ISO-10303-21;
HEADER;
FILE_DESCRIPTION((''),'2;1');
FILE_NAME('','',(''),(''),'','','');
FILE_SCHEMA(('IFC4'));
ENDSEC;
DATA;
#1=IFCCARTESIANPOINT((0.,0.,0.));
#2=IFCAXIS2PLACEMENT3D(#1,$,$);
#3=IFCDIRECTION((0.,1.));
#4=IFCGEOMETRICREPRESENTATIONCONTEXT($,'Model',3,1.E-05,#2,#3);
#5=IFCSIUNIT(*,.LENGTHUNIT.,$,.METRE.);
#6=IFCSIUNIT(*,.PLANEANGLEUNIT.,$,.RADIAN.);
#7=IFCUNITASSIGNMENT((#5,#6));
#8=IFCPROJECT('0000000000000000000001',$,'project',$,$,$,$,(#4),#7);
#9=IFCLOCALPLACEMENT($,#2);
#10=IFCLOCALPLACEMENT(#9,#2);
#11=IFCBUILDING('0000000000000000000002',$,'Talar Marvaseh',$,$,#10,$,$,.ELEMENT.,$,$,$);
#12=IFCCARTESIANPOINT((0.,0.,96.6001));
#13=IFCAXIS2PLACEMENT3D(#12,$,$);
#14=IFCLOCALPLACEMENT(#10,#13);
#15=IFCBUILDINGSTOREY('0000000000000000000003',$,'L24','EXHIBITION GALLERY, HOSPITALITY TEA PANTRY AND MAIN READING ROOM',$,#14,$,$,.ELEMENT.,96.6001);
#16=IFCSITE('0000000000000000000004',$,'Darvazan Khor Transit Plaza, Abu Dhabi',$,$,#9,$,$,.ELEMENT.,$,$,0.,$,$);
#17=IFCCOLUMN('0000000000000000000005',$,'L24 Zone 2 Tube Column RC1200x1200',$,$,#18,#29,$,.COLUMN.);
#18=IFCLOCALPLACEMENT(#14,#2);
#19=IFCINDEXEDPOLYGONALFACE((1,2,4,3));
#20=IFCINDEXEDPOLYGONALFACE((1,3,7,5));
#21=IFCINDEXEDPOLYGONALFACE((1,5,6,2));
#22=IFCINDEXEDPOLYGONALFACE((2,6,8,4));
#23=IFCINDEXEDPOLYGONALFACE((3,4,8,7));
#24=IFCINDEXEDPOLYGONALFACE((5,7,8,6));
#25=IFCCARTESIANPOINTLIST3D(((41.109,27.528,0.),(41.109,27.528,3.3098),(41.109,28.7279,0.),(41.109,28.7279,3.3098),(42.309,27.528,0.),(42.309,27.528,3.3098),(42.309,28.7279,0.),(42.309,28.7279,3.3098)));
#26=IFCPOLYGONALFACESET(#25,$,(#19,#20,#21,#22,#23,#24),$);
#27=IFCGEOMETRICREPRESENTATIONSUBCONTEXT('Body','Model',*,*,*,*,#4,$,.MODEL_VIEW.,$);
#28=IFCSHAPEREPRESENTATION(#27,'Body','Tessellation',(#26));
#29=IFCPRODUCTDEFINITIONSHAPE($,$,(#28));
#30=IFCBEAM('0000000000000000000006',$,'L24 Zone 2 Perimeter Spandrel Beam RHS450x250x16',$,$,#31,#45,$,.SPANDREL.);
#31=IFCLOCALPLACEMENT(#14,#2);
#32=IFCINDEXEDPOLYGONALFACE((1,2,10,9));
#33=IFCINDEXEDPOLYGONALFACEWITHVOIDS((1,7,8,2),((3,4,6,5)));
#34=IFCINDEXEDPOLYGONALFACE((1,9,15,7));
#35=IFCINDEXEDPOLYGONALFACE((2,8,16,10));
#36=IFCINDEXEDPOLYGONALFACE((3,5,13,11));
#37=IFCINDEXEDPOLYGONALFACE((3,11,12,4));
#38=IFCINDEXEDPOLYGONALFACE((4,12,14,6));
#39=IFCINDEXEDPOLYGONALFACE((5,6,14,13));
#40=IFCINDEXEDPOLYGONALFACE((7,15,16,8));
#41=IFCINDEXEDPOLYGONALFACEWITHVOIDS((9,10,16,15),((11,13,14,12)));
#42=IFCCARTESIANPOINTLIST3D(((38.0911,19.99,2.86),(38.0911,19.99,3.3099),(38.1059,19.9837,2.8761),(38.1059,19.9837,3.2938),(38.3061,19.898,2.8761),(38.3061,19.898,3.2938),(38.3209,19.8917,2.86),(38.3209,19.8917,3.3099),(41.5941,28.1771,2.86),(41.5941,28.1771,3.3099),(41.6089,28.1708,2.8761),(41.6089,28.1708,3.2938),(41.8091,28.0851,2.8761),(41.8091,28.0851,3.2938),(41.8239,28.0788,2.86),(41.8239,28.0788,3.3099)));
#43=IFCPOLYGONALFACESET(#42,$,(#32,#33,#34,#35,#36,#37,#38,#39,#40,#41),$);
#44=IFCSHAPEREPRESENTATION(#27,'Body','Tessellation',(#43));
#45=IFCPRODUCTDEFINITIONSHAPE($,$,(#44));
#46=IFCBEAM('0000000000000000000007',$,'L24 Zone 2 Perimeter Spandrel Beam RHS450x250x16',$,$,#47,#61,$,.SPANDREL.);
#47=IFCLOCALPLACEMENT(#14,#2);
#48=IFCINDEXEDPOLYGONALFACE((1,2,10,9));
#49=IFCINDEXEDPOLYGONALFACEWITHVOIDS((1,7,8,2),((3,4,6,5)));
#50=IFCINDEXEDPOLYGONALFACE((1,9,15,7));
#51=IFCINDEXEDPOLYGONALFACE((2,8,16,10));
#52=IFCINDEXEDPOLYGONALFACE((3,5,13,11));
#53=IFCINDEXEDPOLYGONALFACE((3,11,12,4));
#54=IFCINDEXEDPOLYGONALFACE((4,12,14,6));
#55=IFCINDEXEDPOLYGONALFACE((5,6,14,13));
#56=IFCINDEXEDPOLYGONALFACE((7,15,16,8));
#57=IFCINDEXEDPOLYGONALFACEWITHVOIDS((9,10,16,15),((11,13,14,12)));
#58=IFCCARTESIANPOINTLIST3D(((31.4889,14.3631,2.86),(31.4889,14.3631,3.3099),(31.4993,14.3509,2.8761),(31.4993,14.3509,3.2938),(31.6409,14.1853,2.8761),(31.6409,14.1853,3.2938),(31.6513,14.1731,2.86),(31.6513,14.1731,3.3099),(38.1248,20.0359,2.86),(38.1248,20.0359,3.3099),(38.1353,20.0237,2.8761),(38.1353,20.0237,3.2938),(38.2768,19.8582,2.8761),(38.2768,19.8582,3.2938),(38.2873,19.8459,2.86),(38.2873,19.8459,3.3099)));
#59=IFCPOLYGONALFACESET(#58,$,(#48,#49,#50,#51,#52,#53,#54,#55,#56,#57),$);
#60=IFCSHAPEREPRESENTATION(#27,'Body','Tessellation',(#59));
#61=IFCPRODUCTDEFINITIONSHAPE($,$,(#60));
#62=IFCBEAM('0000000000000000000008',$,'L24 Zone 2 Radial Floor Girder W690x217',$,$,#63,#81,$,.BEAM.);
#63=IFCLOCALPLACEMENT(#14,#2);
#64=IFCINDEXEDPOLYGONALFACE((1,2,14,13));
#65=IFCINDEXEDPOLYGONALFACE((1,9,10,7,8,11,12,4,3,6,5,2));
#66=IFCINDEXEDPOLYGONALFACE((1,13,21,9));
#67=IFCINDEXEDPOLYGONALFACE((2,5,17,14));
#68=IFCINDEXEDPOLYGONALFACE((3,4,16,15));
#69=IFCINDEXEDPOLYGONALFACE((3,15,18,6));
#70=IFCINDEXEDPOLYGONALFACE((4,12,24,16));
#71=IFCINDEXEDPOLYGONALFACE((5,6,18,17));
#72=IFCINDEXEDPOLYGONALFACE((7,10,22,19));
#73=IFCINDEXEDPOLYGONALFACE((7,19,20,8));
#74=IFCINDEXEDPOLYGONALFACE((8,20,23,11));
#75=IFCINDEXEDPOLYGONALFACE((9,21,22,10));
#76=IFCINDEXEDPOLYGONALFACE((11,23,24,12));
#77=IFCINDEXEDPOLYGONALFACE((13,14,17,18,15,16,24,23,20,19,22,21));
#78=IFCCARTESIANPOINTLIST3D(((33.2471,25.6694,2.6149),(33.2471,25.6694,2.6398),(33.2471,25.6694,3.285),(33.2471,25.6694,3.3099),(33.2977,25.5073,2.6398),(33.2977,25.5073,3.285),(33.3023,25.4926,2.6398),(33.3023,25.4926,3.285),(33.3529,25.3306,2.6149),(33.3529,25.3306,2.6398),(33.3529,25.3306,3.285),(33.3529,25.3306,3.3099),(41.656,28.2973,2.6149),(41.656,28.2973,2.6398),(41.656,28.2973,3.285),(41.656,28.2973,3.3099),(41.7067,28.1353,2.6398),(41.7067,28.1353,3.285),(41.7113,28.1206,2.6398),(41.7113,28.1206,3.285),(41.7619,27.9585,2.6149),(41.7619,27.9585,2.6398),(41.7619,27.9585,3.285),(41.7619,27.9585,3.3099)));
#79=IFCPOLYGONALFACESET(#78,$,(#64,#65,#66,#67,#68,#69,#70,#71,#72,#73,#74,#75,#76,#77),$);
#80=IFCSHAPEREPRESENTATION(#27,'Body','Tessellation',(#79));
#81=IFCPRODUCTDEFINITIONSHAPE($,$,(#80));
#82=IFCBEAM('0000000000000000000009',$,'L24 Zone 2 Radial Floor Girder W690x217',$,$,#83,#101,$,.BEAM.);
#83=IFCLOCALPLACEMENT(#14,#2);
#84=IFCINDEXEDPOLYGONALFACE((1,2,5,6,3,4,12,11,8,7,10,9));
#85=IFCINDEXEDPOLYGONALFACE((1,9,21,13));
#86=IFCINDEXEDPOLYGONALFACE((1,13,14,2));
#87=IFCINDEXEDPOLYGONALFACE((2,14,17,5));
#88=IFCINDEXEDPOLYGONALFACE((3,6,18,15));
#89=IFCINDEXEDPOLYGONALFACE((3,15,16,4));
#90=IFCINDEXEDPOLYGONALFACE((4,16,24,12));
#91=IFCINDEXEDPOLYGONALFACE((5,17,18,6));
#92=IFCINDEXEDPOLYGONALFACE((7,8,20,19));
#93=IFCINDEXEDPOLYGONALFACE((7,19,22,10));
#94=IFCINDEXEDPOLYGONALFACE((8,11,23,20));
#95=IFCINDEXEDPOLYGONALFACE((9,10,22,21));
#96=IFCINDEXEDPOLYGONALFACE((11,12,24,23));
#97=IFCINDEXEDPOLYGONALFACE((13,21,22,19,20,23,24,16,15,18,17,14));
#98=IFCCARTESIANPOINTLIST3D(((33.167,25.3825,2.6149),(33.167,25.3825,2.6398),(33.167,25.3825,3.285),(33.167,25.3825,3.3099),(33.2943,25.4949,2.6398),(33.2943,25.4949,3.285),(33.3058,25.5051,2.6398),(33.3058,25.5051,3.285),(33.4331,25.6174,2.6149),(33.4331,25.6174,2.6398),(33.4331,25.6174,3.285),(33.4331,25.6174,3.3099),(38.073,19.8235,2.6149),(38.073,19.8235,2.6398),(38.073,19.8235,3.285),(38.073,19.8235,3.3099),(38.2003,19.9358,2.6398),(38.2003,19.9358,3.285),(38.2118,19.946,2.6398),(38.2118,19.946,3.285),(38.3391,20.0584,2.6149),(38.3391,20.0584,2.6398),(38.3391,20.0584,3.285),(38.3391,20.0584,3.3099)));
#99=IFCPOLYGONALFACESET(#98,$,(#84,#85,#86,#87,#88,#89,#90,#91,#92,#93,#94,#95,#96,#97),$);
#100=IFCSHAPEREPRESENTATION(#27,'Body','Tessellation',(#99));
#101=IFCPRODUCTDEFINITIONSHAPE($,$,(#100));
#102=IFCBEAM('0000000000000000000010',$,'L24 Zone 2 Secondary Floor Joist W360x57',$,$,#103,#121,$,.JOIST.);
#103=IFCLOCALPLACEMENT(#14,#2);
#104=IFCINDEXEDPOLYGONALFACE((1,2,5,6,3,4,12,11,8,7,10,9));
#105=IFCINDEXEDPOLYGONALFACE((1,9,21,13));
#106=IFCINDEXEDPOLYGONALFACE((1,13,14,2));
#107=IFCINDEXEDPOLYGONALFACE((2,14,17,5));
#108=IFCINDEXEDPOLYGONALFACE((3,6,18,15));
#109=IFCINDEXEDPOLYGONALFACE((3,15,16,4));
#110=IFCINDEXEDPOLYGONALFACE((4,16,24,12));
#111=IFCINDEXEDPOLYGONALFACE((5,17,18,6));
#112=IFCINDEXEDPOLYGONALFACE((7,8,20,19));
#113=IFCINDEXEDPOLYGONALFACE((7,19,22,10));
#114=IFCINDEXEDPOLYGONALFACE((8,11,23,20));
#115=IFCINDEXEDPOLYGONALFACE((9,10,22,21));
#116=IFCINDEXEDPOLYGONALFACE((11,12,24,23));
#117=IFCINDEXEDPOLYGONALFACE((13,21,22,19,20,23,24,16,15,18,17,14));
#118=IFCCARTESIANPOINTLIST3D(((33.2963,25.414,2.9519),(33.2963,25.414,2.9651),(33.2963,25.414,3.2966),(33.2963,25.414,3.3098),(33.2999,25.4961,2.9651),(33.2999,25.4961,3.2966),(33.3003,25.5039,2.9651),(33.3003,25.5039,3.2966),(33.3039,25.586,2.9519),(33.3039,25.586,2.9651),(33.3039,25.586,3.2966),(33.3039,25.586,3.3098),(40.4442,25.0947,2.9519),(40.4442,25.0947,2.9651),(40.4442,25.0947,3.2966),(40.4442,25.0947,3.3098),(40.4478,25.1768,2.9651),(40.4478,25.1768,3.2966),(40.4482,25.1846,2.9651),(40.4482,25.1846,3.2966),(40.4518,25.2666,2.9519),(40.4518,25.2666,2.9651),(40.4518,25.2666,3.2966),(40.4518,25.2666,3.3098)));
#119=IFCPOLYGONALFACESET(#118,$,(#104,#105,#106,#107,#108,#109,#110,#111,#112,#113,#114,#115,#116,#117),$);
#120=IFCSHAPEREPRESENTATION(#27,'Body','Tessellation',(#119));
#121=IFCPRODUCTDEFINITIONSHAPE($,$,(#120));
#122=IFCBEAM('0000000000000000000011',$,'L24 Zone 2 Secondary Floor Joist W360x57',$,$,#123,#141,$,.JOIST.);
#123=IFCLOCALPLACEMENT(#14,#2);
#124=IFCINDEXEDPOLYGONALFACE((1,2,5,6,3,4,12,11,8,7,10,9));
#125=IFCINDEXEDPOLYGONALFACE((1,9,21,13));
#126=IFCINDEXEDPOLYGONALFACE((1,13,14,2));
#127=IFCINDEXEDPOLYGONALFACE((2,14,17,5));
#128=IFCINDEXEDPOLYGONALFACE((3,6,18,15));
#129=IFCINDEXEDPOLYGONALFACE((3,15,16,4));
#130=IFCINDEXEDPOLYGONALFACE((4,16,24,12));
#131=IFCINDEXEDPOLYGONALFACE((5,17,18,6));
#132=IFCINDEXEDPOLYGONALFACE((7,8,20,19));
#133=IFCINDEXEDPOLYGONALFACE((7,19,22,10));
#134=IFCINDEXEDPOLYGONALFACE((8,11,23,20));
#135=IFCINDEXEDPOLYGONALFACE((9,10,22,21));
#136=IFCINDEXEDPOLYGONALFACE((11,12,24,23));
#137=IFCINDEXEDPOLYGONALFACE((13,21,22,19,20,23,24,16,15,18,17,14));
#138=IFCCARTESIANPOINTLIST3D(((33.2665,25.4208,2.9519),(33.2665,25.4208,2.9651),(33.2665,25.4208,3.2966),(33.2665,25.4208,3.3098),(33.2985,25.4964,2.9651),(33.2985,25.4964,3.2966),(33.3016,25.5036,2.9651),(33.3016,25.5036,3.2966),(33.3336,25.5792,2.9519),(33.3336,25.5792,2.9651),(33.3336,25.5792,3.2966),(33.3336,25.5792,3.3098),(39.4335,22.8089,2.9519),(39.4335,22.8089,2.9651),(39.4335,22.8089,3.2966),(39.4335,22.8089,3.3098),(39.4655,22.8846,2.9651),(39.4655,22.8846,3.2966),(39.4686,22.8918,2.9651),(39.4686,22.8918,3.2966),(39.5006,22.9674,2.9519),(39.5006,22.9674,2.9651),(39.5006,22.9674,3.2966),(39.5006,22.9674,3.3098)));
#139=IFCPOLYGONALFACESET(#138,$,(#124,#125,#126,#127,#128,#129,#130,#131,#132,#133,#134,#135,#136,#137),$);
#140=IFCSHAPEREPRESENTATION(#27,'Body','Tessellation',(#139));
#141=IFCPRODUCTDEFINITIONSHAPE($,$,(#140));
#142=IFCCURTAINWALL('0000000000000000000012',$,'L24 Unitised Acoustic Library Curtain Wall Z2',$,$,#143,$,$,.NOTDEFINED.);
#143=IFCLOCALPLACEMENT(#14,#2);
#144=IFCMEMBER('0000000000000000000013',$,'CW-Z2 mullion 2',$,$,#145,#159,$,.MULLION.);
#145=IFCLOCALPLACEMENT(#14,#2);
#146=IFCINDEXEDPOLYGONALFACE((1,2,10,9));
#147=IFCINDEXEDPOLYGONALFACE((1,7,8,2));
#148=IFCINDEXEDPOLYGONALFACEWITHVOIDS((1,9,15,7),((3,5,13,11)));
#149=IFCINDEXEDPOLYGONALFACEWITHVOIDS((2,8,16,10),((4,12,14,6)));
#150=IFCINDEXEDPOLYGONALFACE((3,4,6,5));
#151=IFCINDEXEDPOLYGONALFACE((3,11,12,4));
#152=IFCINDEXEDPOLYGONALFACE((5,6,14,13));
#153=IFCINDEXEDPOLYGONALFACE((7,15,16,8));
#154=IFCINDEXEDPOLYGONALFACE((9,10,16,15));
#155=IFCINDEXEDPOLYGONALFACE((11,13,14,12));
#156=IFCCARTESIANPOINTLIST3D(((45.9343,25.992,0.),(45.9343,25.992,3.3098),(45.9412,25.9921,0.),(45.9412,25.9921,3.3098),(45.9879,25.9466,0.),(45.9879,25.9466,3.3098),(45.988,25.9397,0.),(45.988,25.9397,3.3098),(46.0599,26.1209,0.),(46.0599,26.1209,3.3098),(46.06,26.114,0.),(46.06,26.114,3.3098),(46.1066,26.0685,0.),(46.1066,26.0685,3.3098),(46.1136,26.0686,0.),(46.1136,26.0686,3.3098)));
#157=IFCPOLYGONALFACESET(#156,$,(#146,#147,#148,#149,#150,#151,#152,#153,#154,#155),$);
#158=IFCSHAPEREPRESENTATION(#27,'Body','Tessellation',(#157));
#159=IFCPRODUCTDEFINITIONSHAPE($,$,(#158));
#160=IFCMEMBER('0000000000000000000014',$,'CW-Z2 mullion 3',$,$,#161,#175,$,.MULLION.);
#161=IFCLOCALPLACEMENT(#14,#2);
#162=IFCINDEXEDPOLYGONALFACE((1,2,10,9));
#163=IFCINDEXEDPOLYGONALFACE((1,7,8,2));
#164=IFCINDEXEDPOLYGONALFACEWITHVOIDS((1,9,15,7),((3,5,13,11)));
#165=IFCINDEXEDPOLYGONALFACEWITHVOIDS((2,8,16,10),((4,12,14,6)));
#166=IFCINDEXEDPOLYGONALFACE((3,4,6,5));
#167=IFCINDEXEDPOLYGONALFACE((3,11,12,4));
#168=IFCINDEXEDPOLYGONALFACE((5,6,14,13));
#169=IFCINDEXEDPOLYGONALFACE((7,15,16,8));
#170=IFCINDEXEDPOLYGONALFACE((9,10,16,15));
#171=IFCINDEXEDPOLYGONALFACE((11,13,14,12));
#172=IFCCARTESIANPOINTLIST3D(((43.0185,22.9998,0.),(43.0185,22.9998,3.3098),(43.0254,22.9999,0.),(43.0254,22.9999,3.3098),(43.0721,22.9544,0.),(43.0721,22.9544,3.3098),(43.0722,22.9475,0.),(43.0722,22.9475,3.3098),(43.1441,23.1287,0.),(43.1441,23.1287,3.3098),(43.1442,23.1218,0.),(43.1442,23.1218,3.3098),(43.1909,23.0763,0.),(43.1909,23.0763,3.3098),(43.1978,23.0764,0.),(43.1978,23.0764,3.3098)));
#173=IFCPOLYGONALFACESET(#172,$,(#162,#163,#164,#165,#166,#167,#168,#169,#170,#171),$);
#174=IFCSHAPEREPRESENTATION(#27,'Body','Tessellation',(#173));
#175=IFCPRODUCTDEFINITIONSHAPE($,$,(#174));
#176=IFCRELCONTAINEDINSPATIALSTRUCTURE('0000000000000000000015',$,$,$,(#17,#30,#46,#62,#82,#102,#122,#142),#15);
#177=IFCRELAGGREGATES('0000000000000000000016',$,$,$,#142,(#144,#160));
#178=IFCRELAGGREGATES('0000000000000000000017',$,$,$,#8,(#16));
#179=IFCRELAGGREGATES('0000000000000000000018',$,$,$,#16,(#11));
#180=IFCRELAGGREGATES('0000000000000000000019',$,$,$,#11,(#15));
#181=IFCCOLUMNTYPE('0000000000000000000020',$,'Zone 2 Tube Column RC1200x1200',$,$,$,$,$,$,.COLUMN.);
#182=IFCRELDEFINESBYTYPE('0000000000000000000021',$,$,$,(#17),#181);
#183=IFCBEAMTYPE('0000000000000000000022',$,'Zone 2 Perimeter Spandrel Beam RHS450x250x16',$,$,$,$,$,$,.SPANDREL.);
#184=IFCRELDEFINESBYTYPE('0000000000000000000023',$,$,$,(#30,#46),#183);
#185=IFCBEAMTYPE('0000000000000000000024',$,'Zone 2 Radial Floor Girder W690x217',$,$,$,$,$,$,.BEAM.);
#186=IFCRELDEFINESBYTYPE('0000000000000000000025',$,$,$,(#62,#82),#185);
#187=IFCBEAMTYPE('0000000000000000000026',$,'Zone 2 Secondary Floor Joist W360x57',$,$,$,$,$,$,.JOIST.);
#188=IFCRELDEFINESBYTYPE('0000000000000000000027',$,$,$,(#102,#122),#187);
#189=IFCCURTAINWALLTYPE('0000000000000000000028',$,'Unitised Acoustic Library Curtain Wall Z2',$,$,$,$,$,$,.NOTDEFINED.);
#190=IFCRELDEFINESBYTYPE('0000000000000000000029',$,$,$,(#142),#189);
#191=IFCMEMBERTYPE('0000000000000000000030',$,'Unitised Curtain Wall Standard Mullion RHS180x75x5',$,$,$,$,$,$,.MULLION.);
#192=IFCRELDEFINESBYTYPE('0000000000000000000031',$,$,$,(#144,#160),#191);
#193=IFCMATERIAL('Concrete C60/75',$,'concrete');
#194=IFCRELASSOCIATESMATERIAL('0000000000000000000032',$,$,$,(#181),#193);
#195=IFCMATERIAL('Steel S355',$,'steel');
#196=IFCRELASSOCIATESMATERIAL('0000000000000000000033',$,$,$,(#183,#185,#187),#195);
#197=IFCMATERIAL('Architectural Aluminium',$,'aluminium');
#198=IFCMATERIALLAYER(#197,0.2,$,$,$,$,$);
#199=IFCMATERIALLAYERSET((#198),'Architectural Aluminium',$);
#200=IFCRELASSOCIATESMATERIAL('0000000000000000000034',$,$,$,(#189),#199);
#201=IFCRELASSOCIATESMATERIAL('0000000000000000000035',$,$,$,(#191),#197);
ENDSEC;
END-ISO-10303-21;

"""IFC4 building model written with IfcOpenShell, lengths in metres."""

from ifc_helpers import new_model, si_unit, direction, frame, origin, origin_2d, place, context, subcontext, project, spatial, rectangle, hollow_rectangle, i_section, extrude, source, transform, mapped, material, layer, layer_set, material_profile, profile_set, type_object, type_shapes, element, aggregate, save


model = new_model("IFC4")

# Units and contexts
model_context = context("Model", 3, precision=1e-05, world=origin(), true_north=direction((0.0, 1.0)))
body_context = subcontext(model_context, "Body", "Model", "MODEL_VIEW")
ifc_project = project(units=[si_unit("LENGTHUNIT", "METRE"), si_unit("PLANEANGLEUNIT", "RADIAN")], contexts=[model_context])

# Site, building, storey
site_placement = place(None, origin())
site = spatial("IfcSite", under=ifc_project, at=site_placement, Name="Darvazan Khor Transit Plaza, Abu Dhabi", CompositionType="ELEMENT", RefElevation=0.0)
building_placement = place(site_placement, origin())
building = spatial("IfcBuilding", under=site, at=building_placement, Name="Talar Marvaseh", CompositionType="ELEMENT")
storey_placement = place(building_placement, frame((0.0, 0.0, 96.6001)))
storey = spatial("IfcBuildingStorey", under=building, at=storey_placement, Name="L24", Description="EXHIBITION GALLERY, HOSPITALITY TEA PANTRY AND MAIN READING ROOM", CompositionType="ELEMENT", Elevation=96.6001)

# Column
ifc_material_1 = material(Name="Concrete C60/75", Category="concrete")
ifc_material_profile_1 = material_profile(ifc_material_1, rectangle(XDim=1.2, YDim=1.2, at=origin_2d()), Name="RC1200x1200")
ifc_profile_set_1 = profile_set([ifc_material_profile_1], Name="Concrete C60/75")
column_type = type_object("IfcColumnType", Name="Zone 2 Tube Column RC1200x1200", PredefinedType="COLUMN", material=ifc_profile_set_1)
column_placement = place(storey_placement, frame((41.709, 28.1279, 0.0), z_axis=(0.0, 0.0, 1.0), x_axis=(1.0, 0.0, 0.0)))
element("IfcColumn", 1, at=column_placement, inside=storey, type_object=column_type, Name="L24 Zone 2 Tube Column RC1200x1200", PredefinedType="COLUMN", context=body_context, shape_type="SweptSolid", body=[
    extrude(rectangle(XDim=1.2, YDim=1.2, at=origin_2d()), origin(), (0.0, 0.0, 1.0), 3.3098),
])

# Beams
ifc_material_2 = material(Name="Steel S355", Category="steel")
ifc_material_profile_2 = material_profile(ifc_material_2, hollow_rectangle(XDim=0.25, YDim=0.45, WallThickness=0.0161, at=origin_2d()), Name="RHS450x250x16")
ifc_profile_set_2 = profile_set([ifc_material_profile_2], Name="Steel S355")
beam_type_1 = type_object("IfcBeamType", Name="Zone 2 Perimeter Spandrel Beam RHS450x250x16", PredefinedType="SPANDREL", material=ifc_profile_set_2)
beam_1_placement = place(storey_placement, frame((41.709, 28.1279, 3.085), z_axis=(-0.39337, -0.91938, 0.0), x_axis=(0.91938, -0.39337, 0.0)))
element("IfcBeam", 2, at=beam_1_placement, inside=storey, type_object=beam_type_1, Name="L24 Zone 2 Perimeter Spandrel Beam RHS450x250x16", PredefinedType="SPANDREL", context=body_context, shape_type="SweptSolid", body=[
    extrude(hollow_rectangle(XDim=0.25, YDim=0.45, WallThickness=0.0161, at=origin_2d()), origin(), (0.0, 0.0, 1.0), 8.905),
])
beam_2_placement = place(storey_placement, frame((38.2061, 19.9409, 3.085), z_axis=(-0.760113, -0.649791, 0.0), x_axis=(0.649791, -0.760113, 0.0)))
element("IfcBeam", 3, at=beam_2_placement, inside=storey, type_object=beam_type_1, Name="L24 Zone 2 Perimeter Spandrel Beam RHS450x250x16", PredefinedType="SPANDREL", context=body_context, shape_type="SweptSolid", body=[
    extrude(hollow_rectangle(XDim=0.25, YDim=0.45, WallThickness=0.0161, at=origin_2d()), origin(), (0.0, 0.0, 1.0), 8.7302),
])
ifc_material_profile_3 = material_profile(ifc_material_2, i_section(OverallWidth=0.355, OverallDepth=0.6951, WebThickness=0.0154, FlangeThickness=0.0249, at=origin_2d()), Name="W690x217")
ifc_profile_set_3 = profile_set([ifc_material_profile_3], Name="Steel S355")
beam_type_2 = type_object("IfcBeamType", Name="Zone 2 Radial Floor Girder W690x217", PredefinedType="BEAM", material=ifc_profile_set_3)
beam_3_placement = place(storey_placement, frame((41.709, 28.1279, 2.9624), z_axis=(-0.954476, -0.298289, 0.0), x_axis=(0.298289, -0.954476, 0.0)))
element("IfcBeam", 4, at=beam_3_placement, inside=storey, type_object=beam_type_2, Name="L24 Zone 2 Radial Floor Girder W690x217", PredefinedType="BEAM", context=body_context, shape_type="SweptSolid", body=[
    extrude(i_section(OverallWidth=0.355, OverallDepth=0.6951, WebThickness=0.0154, FlangeThickness=0.0249, at=origin_2d()), origin(), (0.0, 0.0, 1.0), 8.8101),
])
beam_4_placement = place(storey_placement, frame((38.2061, 19.9409, 2.9624), z_axis=(-0.661692, 0.749775, 0.0), x_axis=(-0.749775, -0.661692, 0.0)))
element("IfcBeam", 5, at=beam_4_placement, inside=storey, type_object=beam_type_2, Name="L24 Zone 2 Radial Floor Girder W690x217", PredefinedType="BEAM", context=body_context, shape_type="SweptSolid", body=[
    extrude(i_section(OverallWidth=0.355, OverallDepth=0.6951, WebThickness=0.0154, FlangeThickness=0.0249, at=origin_2d()), origin(), (0.0, 0.0, 1.0), 7.4143),
])
ifc_material_profile_4 = material_profile(ifc_material_2, i_section(OverallWidth=0.1721, OverallDepth=0.3579, WebThickness=0.0078, FlangeThickness=0.0132, at=origin_2d()), Name="W360x57")
ifc_profile_set_4 = profile_set([ifc_material_profile_4], Name="Steel S355")
beam_type_3 = type_object("IfcBeamType", Name="Zone 2 Secondary Floor Joist W360x57", PredefinedType="JOIST", material=ifc_profile_set_4)
beam_5_placement = place(storey_placement, frame((40.448, 25.1807, 3.1309), z_axis=(-0.999004, 0.044631, 0.0), x_axis=(-0.044631, -0.999004, 0.0)))
element("IfcBeam", 6, at=beam_5_placement, inside=storey, type_object=beam_type_3, Name="L24 Zone 2 Secondary Floor Joist W360x57", PredefinedType="JOIST", context=body_context, shape_type="SweptSolid", body=[
    extrude(i_section(OverallWidth=0.1721, OverallDepth=0.3579, WebThickness=0.0078, FlangeThickness=0.0132, at=origin_2d()), origin(), (0.0, 0.0, 1.0), 7.155),
])
beam_6_placement = place(storey_placement, frame((39.467, 22.8882, 3.1309), z_axis=(-0.920822, 0.389982, 0.0), x_axis=(-0.389982, -0.920822, 0.0)))
element("IfcBeam", 7, at=beam_6_placement, inside=storey, type_object=beam_type_3, Name="L24 Zone 2 Secondary Floor Joist W360x57", PredefinedType="JOIST", context=body_context, shape_type="SweptSolid", body=[
    extrude(i_section(OverallWidth=0.1721, OverallDepth=0.3579, WebThickness=0.0078, FlangeThickness=0.0132, at=origin_2d()), origin(), (0.0, 0.0, 1.0), 6.6973),
])

# Curtain wall, members
ifc_material_3 = material(Name="Architectural Aluminium", Category="aluminium")
ifc_layer_1 = layer(ifc_material_3, 0.2)
ifc_layer_set_1 = layer_set([ifc_layer_1], Name="Architectural Aluminium")
curtain_wall_type = type_object("IfcCurtainWallType", Name="Unitised Acoustic Library Curtain Wall Z2", PredefinedType="NOTDEFINED", material=ifc_layer_set_1)
curtain_wall_1_placement = place(storey_placement, origin())
curtain_wall_1 = element("IfcCurtainWall", 8, at=curtain_wall_1_placement, inside=storey, type_object=curtain_wall_type, Name="L24 Unitised Acoustic Library Curtain Wall Z2", PredefinedType="NOTDEFINED")
ifc_material_profile_5 = material_profile(ifc_material_3, hollow_rectangle(XDim=0.075, YDim=0.1799, WallThickness=0.0049, at=origin_2d()), Name="RHS180x75x5")
ifc_profile_set_5 = profile_set([ifc_material_profile_5], Name="Architectural Aluminium")
member_type_1 = type_object("IfcMemberType", Name="Unitised Curtain Wall Standard Mullion RHS180x75x5", PredefinedType="MULLION", material=ifc_profile_set_5)
shared_shape_1 = source(origin(), body_context, "Body", "SweptSolid", [
    extrude(hollow_rectangle(XDim=0.075, YDim=0.1799, WallThickness=0.0049, at=origin_2d()), origin(), (0.0, 0.0, 1.0), 3.3098),
])
type_shapes(member_type_1, [shared_shape_1])
member_1_placement = place(storey_placement, frame((46.0239, 26.0303, 0.0), z_axis=(0.0, 0.0, 1.0), x_axis=(0.716198, -0.697897, 0.0)))
member_1 = element("IfcMember", 9, at=member_1_placement, type_object=member_type_1, Name="CW-Z2 mullion 2", PredefinedType="MULLION", context=body_context, shape_type="MappedRepresentation", body=[
    mapped(shared_shape_1, transform((0.0, 0.0, 0.0), x_axis=(1.0, 0.0, 0.0), y_axis=(0.0, 1.0, 0.0), z_axis=(0.0, 0.0, 1.0), scale=1.0)),
])
member_2_placement = place(storey_placement, frame((43.1082, 23.0381, 0.0), z_axis=(0.0, 0.0, 1.0), x_axis=(0.716198, -0.697897, 0.0)))
member_2 = element("IfcMember", 10, at=member_2_placement, type_object=member_type_1, Name="CW-Z2 mullion 3", PredefinedType="MULLION", context=body_context, shape_type="MappedRepresentation", body=[
    mapped(shared_shape_1, transform((0.0, 0.0, 0.0), x_axis=(1.0, 0.0, 0.0), y_axis=(0.0, 1.0, 0.0), z_axis=(0.0, 0.0, 1.0), scale=1.0)),
])

aggregate(curtain_wall_1, [member_1, member_2])

save(model, "model.ifc")
